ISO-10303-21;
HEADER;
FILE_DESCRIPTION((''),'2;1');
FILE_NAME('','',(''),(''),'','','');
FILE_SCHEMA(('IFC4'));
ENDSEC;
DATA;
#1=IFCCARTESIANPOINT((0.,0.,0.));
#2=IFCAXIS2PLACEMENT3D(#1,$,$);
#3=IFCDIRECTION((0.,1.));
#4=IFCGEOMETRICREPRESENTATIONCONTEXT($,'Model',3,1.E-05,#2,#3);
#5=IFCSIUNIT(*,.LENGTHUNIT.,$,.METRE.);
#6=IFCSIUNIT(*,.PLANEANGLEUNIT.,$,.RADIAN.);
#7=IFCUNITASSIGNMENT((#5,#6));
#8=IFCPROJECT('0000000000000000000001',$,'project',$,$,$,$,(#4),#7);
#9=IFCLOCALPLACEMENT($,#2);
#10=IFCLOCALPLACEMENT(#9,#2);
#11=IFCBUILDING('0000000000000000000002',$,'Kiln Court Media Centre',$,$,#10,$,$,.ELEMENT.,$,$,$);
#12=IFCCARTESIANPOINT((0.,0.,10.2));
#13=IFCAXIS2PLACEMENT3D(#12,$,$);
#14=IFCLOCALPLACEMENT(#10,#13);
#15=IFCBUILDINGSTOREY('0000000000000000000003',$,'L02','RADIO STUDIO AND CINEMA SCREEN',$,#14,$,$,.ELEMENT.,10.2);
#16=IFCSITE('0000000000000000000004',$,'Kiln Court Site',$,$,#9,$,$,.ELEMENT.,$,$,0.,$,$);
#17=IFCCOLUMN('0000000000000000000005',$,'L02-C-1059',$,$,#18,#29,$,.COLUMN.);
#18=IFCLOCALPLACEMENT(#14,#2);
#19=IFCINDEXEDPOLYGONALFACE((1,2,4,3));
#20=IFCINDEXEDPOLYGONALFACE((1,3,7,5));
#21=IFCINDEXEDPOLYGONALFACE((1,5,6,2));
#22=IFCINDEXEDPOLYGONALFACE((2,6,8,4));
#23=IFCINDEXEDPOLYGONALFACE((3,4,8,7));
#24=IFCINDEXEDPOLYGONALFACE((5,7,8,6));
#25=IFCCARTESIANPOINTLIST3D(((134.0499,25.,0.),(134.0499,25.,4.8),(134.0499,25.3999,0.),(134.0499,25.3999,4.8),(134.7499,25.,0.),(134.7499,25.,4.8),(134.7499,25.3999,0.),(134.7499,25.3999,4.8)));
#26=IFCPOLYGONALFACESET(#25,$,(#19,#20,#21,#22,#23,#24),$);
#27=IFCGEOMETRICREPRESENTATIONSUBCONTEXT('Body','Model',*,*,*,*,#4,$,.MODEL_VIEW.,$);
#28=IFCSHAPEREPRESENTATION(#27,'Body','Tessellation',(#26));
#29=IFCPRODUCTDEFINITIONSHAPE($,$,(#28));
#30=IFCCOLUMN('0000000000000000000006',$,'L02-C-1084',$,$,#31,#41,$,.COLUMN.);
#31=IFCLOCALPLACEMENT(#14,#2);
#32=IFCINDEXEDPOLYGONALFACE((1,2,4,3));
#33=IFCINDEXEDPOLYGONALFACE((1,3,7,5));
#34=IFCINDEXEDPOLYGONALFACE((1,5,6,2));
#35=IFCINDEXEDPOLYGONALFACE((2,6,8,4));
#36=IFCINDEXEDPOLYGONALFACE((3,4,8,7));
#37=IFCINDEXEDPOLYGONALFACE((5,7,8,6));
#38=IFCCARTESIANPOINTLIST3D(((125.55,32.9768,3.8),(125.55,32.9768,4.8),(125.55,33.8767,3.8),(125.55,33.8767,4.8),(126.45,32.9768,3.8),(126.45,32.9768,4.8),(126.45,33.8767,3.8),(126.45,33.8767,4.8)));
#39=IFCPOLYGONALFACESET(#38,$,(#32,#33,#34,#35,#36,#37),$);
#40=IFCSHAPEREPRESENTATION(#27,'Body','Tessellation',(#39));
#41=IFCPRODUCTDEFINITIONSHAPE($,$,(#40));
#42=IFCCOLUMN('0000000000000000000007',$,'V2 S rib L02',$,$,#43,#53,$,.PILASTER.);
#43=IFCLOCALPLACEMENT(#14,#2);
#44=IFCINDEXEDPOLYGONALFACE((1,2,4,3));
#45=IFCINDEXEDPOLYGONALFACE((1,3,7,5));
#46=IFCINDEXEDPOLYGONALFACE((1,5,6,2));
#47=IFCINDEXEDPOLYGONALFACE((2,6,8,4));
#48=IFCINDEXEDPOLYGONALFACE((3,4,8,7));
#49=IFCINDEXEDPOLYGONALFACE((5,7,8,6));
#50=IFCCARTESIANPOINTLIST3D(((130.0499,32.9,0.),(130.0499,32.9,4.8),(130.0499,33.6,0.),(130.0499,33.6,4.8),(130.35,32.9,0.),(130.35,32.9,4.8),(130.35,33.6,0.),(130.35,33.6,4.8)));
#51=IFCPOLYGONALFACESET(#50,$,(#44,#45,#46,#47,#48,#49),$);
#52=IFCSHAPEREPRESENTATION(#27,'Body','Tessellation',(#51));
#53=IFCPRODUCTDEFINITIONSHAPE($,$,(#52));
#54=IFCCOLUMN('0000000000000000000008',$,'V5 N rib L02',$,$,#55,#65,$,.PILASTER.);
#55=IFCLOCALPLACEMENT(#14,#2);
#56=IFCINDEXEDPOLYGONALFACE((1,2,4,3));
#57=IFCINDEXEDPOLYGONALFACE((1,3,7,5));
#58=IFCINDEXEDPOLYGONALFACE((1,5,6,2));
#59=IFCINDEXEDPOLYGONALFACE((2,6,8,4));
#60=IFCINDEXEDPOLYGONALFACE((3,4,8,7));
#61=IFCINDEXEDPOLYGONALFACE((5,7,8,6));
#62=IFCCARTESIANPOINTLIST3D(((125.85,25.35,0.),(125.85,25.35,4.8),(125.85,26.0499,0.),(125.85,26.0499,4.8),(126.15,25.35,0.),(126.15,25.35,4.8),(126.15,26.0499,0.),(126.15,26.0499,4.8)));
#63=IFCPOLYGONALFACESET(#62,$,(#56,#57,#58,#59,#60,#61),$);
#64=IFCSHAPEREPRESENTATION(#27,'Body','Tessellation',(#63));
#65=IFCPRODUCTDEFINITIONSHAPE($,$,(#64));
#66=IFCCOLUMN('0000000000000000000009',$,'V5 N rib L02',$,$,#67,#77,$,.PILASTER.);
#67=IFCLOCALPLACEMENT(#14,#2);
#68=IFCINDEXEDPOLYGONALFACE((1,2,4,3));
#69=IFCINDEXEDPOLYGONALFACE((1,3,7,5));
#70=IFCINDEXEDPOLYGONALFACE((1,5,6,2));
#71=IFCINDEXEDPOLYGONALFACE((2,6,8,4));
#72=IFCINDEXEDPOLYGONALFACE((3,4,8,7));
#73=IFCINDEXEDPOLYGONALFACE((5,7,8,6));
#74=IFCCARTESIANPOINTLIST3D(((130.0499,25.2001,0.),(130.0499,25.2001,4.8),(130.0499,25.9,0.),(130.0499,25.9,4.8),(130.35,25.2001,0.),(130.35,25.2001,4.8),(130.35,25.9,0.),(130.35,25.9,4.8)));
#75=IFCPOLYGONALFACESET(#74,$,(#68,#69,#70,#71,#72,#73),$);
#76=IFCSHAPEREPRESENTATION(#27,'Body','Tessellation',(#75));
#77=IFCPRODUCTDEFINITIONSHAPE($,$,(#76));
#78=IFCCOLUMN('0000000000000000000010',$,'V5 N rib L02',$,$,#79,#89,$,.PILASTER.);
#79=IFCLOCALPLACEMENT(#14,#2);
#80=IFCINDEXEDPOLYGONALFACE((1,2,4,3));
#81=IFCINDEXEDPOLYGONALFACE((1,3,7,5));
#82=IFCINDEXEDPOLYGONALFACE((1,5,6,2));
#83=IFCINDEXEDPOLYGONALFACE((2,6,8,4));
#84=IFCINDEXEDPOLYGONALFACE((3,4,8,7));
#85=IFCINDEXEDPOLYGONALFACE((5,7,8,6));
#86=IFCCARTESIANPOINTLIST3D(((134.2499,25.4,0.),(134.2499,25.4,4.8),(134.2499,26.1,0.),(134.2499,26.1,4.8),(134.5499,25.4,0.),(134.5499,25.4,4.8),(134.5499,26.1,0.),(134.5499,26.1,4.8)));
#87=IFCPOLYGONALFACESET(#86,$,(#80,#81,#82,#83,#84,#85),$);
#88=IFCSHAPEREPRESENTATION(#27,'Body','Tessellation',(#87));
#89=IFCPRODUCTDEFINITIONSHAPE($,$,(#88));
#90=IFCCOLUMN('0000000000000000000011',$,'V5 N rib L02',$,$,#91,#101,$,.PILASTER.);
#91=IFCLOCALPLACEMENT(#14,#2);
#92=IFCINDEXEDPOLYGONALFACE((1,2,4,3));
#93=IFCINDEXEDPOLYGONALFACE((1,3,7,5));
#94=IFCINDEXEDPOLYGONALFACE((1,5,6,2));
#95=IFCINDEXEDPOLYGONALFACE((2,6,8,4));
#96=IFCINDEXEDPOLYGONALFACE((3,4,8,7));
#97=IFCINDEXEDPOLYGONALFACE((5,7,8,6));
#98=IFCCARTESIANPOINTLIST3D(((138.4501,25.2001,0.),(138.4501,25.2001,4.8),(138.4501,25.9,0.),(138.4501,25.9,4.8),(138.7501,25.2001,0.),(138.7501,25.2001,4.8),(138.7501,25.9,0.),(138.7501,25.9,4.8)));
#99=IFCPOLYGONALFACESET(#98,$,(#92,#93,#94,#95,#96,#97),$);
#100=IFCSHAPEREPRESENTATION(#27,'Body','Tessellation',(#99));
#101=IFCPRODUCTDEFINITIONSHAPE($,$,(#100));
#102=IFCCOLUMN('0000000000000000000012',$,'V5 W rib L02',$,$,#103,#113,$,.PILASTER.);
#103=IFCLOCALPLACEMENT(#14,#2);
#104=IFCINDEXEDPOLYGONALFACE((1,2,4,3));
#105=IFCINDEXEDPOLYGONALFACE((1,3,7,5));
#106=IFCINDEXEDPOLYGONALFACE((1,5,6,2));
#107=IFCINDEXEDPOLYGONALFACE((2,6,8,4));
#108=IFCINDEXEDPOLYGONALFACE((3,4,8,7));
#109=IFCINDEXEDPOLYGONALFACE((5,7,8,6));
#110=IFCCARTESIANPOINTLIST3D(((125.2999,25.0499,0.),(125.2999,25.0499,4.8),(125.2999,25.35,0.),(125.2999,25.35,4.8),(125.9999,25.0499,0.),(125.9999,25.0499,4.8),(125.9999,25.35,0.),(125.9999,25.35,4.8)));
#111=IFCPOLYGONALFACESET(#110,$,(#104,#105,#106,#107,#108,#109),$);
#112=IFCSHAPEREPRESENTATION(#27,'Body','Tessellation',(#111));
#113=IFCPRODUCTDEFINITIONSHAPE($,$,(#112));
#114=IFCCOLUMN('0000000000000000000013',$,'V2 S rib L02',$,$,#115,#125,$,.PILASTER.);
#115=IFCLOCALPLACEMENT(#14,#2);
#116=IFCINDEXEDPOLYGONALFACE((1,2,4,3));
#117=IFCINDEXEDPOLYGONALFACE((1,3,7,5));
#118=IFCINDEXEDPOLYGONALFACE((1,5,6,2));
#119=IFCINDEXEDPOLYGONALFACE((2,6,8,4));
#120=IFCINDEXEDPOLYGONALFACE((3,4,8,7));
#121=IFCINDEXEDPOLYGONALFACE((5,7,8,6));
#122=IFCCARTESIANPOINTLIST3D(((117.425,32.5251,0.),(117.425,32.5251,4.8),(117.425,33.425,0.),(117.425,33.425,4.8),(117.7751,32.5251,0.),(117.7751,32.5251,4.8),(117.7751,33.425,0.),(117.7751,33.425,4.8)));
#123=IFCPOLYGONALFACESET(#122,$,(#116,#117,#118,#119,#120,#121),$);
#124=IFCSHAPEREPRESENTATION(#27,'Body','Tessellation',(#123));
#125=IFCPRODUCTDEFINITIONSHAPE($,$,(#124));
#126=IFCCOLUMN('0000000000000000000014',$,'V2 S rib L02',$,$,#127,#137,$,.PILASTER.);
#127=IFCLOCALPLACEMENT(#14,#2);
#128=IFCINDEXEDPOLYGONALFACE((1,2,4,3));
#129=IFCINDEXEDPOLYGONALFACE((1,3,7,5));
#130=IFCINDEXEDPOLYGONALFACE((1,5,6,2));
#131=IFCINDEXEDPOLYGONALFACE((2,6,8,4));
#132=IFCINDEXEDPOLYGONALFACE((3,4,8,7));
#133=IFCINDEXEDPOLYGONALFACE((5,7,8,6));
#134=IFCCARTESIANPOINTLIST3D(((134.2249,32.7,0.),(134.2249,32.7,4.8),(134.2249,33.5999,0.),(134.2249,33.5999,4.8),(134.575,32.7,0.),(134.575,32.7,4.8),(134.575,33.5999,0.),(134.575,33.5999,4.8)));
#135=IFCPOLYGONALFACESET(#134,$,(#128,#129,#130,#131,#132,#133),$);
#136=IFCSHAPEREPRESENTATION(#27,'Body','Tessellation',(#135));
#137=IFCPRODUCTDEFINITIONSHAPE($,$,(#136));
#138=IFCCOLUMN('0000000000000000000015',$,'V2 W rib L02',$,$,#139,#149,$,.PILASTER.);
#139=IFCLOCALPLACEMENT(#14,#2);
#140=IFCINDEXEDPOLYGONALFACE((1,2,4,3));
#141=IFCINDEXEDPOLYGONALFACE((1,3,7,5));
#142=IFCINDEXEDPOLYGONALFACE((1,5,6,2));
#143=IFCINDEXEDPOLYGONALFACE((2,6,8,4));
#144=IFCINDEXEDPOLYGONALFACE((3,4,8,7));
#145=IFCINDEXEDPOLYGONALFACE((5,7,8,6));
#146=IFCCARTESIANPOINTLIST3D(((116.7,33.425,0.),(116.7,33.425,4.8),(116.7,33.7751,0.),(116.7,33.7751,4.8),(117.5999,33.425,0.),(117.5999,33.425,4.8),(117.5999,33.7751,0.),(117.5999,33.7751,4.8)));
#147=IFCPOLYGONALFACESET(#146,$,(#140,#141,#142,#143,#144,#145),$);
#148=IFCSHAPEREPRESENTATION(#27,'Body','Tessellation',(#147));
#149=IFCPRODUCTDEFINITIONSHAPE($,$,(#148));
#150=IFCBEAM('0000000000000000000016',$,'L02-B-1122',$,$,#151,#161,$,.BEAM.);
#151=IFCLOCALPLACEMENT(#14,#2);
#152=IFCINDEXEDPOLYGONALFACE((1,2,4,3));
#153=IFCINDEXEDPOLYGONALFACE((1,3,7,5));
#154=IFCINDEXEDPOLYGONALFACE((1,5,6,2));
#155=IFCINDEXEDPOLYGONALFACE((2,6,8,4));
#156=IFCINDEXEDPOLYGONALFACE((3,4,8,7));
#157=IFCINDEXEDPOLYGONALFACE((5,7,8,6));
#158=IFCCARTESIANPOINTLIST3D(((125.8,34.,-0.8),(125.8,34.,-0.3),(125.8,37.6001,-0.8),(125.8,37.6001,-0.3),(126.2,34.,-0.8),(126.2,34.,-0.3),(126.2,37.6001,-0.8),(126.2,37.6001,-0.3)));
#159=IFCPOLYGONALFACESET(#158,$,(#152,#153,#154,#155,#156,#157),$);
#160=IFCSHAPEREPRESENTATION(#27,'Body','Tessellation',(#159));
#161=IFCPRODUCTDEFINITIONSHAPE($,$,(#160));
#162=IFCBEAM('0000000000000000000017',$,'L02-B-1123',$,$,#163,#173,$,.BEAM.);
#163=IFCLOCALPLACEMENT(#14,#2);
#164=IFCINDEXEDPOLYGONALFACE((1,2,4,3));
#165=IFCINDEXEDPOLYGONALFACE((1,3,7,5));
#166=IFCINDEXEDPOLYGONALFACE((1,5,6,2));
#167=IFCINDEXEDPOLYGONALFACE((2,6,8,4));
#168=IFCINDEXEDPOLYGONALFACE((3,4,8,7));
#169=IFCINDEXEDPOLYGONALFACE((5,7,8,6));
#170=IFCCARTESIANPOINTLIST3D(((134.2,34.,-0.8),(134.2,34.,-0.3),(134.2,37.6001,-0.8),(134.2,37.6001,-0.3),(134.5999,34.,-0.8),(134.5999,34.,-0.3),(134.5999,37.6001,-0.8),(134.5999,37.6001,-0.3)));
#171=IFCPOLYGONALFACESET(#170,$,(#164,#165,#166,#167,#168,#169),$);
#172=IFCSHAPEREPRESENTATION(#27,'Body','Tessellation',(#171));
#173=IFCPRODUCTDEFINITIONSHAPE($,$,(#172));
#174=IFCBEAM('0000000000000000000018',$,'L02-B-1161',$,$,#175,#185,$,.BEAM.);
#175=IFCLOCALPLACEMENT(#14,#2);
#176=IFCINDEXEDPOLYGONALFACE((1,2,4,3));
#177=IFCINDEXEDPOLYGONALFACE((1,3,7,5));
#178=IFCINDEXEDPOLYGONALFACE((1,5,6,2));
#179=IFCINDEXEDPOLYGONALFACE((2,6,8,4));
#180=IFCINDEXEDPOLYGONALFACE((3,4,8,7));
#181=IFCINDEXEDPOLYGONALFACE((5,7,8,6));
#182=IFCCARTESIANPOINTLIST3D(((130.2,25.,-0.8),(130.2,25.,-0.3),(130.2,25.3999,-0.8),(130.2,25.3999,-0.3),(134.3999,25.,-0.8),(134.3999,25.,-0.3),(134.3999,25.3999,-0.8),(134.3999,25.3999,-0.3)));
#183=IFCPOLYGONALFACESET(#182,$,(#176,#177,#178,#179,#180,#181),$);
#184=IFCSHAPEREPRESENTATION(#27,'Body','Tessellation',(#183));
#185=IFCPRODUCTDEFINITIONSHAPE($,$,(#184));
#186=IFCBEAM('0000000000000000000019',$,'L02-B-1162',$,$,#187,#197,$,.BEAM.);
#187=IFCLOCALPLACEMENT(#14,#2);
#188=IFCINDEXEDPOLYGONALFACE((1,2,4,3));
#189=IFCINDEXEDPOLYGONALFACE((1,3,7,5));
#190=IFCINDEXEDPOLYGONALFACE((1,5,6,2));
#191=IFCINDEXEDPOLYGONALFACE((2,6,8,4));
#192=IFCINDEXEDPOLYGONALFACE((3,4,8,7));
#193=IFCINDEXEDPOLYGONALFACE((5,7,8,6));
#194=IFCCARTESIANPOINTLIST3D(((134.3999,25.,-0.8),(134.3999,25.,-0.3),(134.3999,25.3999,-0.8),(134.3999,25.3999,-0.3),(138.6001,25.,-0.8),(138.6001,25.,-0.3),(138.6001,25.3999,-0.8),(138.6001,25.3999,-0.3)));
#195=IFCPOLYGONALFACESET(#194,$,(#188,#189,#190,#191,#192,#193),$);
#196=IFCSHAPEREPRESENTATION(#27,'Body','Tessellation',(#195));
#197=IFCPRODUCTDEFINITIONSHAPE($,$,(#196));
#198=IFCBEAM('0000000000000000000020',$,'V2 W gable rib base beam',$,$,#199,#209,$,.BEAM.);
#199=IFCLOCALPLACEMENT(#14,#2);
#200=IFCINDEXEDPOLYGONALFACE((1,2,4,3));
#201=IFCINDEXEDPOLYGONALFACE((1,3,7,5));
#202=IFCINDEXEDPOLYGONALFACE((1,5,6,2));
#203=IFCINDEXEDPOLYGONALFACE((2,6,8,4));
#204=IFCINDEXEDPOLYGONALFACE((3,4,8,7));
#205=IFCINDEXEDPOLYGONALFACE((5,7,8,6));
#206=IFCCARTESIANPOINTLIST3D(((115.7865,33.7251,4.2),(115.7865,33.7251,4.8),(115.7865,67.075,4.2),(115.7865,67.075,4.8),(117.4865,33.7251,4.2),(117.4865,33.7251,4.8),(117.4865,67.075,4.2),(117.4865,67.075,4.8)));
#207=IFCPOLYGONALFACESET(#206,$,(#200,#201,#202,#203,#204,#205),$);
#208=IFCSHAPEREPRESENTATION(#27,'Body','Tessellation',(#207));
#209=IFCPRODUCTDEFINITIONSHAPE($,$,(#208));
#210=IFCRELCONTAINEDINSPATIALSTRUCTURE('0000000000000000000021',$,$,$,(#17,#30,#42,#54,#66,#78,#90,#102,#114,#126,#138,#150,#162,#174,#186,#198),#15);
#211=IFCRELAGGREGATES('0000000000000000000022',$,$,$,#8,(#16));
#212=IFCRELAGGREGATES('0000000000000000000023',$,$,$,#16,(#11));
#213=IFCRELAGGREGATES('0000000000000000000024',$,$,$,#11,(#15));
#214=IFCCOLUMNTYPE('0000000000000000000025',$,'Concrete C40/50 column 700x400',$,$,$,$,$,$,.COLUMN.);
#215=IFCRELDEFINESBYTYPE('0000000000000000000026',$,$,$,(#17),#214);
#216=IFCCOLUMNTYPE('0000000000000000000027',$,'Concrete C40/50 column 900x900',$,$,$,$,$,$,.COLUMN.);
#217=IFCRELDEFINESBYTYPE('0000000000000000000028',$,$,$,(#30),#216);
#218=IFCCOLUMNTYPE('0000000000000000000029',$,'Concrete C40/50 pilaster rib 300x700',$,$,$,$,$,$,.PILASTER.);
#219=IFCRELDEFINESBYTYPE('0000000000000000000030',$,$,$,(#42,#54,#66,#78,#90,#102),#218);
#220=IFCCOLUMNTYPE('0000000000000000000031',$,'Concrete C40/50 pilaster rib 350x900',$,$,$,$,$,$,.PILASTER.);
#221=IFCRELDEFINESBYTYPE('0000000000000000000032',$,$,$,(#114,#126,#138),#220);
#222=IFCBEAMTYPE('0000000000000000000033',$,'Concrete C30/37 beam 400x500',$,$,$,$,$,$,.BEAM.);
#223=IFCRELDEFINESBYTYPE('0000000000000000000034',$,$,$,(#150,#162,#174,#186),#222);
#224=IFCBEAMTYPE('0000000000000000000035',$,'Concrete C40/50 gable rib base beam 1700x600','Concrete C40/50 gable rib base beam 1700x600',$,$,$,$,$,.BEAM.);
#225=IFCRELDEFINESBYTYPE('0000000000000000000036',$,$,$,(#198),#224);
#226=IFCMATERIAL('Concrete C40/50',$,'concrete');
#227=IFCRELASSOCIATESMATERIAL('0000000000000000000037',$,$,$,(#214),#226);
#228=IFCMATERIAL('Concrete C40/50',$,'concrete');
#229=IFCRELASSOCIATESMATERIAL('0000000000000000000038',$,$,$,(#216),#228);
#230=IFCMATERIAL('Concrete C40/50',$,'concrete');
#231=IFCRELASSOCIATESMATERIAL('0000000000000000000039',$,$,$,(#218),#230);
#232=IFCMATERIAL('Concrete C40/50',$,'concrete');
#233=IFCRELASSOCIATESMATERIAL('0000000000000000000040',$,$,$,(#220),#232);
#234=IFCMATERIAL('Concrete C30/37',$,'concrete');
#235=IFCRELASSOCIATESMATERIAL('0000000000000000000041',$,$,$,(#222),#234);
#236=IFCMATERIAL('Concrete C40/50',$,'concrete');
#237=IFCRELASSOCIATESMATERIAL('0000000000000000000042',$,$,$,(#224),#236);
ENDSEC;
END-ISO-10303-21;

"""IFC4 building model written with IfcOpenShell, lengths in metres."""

from ifc_helpers import new_model, si_unit, direction, frame, origin, origin_2d, place, context, subcontext, project, spatial, rectangle, extrude, material, material_profile, profile_set, type_object, element, save


model = new_model("IFC4")

# Units and contexts
model_context = context("Model", 3, precision=1e-05, world=origin(), true_north=direction((0.0, 1.0)))
body_context = subcontext(model_context, "Body", "Model", "MODEL_VIEW")
ifc_project = project(units=[si_unit("LENGTHUNIT", "METRE"), si_unit("PLANEANGLEUNIT", "RADIAN")], contexts=[model_context])

# Site, building, storey
site_placement = place(None, origin())
site = spatial("IfcSite", under=ifc_project, at=site_placement, Name="Kiln Court Site", CompositionType="ELEMENT", RefElevation=0.0)
building_placement = place(site_placement, origin())
building = spatial("IfcBuilding", under=site, at=building_placement, Name="Kiln Court Media Centre", CompositionType="ELEMENT")
storey_placement = place(building_placement, frame((0.0, 0.0, 10.2)))
storey = spatial("IfcBuildingStorey", under=building, at=storey_placement, Name="L02", Description="RADIO STUDIO AND CINEMA SCREEN", CompositionType="ELEMENT", Elevation=10.2)

# Columns
ifc_material_1 = material(Name="Concrete C40/50", Category="concrete")
ifc_material_profile_1 = material_profile(ifc_material_1, rectangle(XDim=0.7, YDim=0.3999, at=origin_2d()), Name="RC 700x400")
ifc_profile_set_1 = profile_set([ifc_material_profile_1], Name="Concrete C40/50")
column_type_1 = type_object("IfcColumnType", Name="Concrete C40/50 column 700x400", PredefinedType="COLUMN", material=ifc_profile_set_1)
column_1_placement = place(storey_placement, frame((134.3999, 25.2, 0.0), z_axis=(0.0, 0.0, 1.0), x_axis=(1.0, 0.0, 0.0)))
element("IfcColumn", 1, at=column_1_placement, inside=storey, type_object=column_type_1, Name="L02-C-1059", PredefinedType="COLUMN", context=body_context, shape_type="SweptSolid", body=[
    extrude(rectangle(XDim=0.7, YDim=0.3999, at=origin_2d()), origin(), (0.0, 0.0, 1.0), 4.8),
])
ifc_material_2 = material(Name="Concrete C40/50", Category="concrete")
ifc_material_profile_2 = material_profile(ifc_material_2, rectangle(XDim=0.8999, YDim=0.8999, at=origin_2d()), Name="RC 900x900")
ifc_profile_set_2 = profile_set([ifc_material_profile_2], Name="Concrete C40/50")
column_type_2 = type_object("IfcColumnType", Name="Concrete C40/50 column 900x900", PredefinedType="COLUMN", material=ifc_profile_set_2)
column_2_placement = place(storey_placement, frame((126.0, 33.4268, 3.8), z_axis=(0.0, 0.0, 1.0), x_axis=(1.0, 0.0, 0.0)))
element("IfcColumn", 2, at=column_2_placement, inside=storey, type_object=column_type_2, Name="L02-C-1084", PredefinedType="COLUMN", context=body_context, shape_type="SweptSolid", body=[
    extrude(rectangle(XDim=0.8999, YDim=0.8999, at=origin_2d()), origin(), (0.0, 0.0, 1.0), 1.0),
])
ifc_material_3 = material(Name="Concrete C40/50", Category="concrete")
ifc_material_profile_3 = material_profile(ifc_material_3, rectangle(XDim=0.3, YDim=0.7, at=origin_2d()), Name="RC 300x700")
ifc_profile_set_3 = profile_set([ifc_material_profile_3], Name="Concrete C40/50")
column_type_3 = type_object("IfcColumnType", Name="Concrete C40/50 pilaster rib 300x700", PredefinedType="PILASTER", material=ifc_profile_set_3)
for number, where, z_axis, x_axis, name in (
    (3, (130.2, 33.25, 0.0), (0.0, 0.0, 1.0), (1.0, 0.0, 0.0), "V2 S rib L02"),
    (4, (126.0, 25.7, 0.0), (0.0, 0.0, 1.0), (1.0, 0.0, 0.0), "V5 N rib L02"),
    (5, (130.2, 25.55, 0.0), (0.0, 0.0, 1.0), (1.0, 0.0, 0.0), "V5 N rib L02"),
    (6, (134.3999, 25.75, 0.0), (0.0, 0.0, 1.0), (1.0, 0.0, 0.0), "V5 N rib L02"),
    (7, (138.6001, 25.55, 0.0), (0.0, 0.0, 1.0), (1.0, 0.0, 0.0), "V5 N rib L02"),
    (8, (125.6499, 25.2, 0.0), (0.0, 0.0, 1.0), (0.0, 1.0, 0.0), "V5 W rib L02"),
):
    element("IfcColumn", number, at=place(storey_placement, frame(where, z_axis=z_axis, x_axis=x_axis)), inside=storey, type_object=column_type_3, Name=name, PredefinedType="PILASTER", context=body_context, shape_type="SweptSolid", body=[
        extrude(rectangle(XDim=0.3, YDim=0.7, at=origin_2d()), origin(), (0.0, 0.0, 1.0), 4.8),
    ])
ifc_material_4 = material(Name="Concrete C40/50", Category="concrete")
ifc_material_profile_4 = material_profile(ifc_material_4, rectangle(XDim=0.3501, YDim=0.8999, at=origin_2d()), Name="RC 350x900")
ifc_profile_set_4 = profile_set([ifc_material_profile_4], Name="Concrete C40/50")
column_type_4 = type_object("IfcColumnType", Name="Concrete C40/50 pilaster rib 350x900", PredefinedType="PILASTER", material=ifc_profile_set_4)
for number, where, z_axis, x_axis, name in (
    (9, (117.6001, 32.9751, 0.0), (0.0, 0.0, 1.0), (1.0, 0.0, 0.0), "V2 S rib L02"),
    (10, (134.3999, 33.1499, 0.0), (0.0, 0.0, 1.0), (1.0, 0.0, 0.0), "V2 S rib L02"),
    (11, (117.1499, 33.6001, 0.0), (0.0, 0.0, 1.0), (0.0, 1.0, 0.0), "V2 W rib L02"),
):
    element("IfcColumn", number, at=place(storey_placement, frame(where, z_axis=z_axis, x_axis=x_axis)), inside=storey, type_object=column_type_4, Name=name, PredefinedType="PILASTER", context=body_context, shape_type="SweptSolid", body=[
        extrude(rectangle(XDim=0.3501, YDim=0.8999, at=origin_2d()), origin(), (0.0, 0.0, 1.0), 4.8),
    ])

# Beams
ifc_material_5 = material(Name="Concrete C30/37", Category="concrete")
ifc_material_profile_5 = material_profile(ifc_material_5, rectangle(XDim=0.3999, YDim=0.5, at=origin_2d()), Name="RC 400x500")
ifc_profile_set_5 = profile_set([ifc_material_profile_5], Name="Concrete C30/37")
beam_type_1 = type_object("IfcBeamType", Name="Concrete C30/37 beam 400x500", PredefinedType="BEAM", material=ifc_profile_set_5)
for number, where, z_axis, x_axis, name in (
    (12, (126.0, 34.0, -0.55), (0.0, 1.0, 0.0), (-1.0, 0.0, 0.0), "L02-B-1122"),
    (13, (134.3999, 34.0, -0.55), (0.0, 1.0, 0.0), (-1.0, 0.0, 0.0), "L02-B-1123"),
):
    element("IfcBeam", number, at=place(storey_placement, frame(where, z_axis=z_axis, x_axis=x_axis)), inside=storey, type_object=beam_type_1, Name=name, PredefinedType="BEAM", context=body_context, shape_type="SweptSolid", body=[
        extrude(rectangle(XDim=0.3999, YDim=0.5, at=origin_2d()), origin(), (0.0, 0.0, 1.0), 3.6001),
    ])
beam_1_placement = place(storey_placement, frame((130.2, 25.2, -0.55), z_axis=(1.0, 0.0, 0.0), x_axis=(0.0, 1.0, 0.0)))
element("IfcBeam", 14, at=beam_1_placement, inside=storey, type_object=beam_type_1, Name="L02-B-1161", PredefinedType="BEAM", context=body_context, shape_type="SweptSolid", body=[
    extrude(rectangle(XDim=0.3999, YDim=0.5, at=origin_2d()), origin(), (0.0, 0.0, 1.0), 4.2),
])
beam_2_placement = place(storey_placement, frame((134.3999, 25.2, -0.55), z_axis=(1.0, 0.0, 0.0), x_axis=(0.0, 1.0, 0.0)))
element("IfcBeam", 15, at=beam_2_placement, inside=storey, type_object=beam_type_1, Name="L02-B-1162", PredefinedType="BEAM", context=body_context, shape_type="SweptSolid", body=[
    extrude(rectangle(XDim=0.3999, YDim=0.5, at=origin_2d()), origin(), (0.0, 0.0, 1.0), 4.2002),
])
ifc_material_6 = material(Name="Concrete C40/50", Category="concrete")
ifc_material_profile_6 = material_profile(ifc_material_6, rectangle(XDim=1.7, YDim=0.6001, at=origin_2d()), Name="RC 1700x600")
ifc_profile_set_6 = profile_set([ifc_material_profile_6], Name="Concrete C40/50")
beam_type_2 = type_object("IfcBeamType", Name="Concrete C40/50 gable rib base beam 1700x600", Description="Concrete C40/50 gable rib base beam 1700x600", PredefinedType="BEAM", material=ifc_profile_set_6)
beam_3_placement = place(storey_placement, frame((116.6365, 33.7251, 4.5), z_axis=(0.0, 1.0, 0.0), x_axis=(-1.0, 0.0, 0.0)))
element("IfcBeam", 16, at=beam_3_placement, inside=storey, type_object=beam_type_2, Name="V2 W gable rib base beam", PredefinedType="BEAM", context=body_context, shape_type="SweptSolid", body=[
    extrude(rectangle(XDim=1.7, YDim=0.6001, at=origin_2d()), origin(), (0.0, 0.0, 1.0), 33.3499),
])

save(model, "model.ifc")
